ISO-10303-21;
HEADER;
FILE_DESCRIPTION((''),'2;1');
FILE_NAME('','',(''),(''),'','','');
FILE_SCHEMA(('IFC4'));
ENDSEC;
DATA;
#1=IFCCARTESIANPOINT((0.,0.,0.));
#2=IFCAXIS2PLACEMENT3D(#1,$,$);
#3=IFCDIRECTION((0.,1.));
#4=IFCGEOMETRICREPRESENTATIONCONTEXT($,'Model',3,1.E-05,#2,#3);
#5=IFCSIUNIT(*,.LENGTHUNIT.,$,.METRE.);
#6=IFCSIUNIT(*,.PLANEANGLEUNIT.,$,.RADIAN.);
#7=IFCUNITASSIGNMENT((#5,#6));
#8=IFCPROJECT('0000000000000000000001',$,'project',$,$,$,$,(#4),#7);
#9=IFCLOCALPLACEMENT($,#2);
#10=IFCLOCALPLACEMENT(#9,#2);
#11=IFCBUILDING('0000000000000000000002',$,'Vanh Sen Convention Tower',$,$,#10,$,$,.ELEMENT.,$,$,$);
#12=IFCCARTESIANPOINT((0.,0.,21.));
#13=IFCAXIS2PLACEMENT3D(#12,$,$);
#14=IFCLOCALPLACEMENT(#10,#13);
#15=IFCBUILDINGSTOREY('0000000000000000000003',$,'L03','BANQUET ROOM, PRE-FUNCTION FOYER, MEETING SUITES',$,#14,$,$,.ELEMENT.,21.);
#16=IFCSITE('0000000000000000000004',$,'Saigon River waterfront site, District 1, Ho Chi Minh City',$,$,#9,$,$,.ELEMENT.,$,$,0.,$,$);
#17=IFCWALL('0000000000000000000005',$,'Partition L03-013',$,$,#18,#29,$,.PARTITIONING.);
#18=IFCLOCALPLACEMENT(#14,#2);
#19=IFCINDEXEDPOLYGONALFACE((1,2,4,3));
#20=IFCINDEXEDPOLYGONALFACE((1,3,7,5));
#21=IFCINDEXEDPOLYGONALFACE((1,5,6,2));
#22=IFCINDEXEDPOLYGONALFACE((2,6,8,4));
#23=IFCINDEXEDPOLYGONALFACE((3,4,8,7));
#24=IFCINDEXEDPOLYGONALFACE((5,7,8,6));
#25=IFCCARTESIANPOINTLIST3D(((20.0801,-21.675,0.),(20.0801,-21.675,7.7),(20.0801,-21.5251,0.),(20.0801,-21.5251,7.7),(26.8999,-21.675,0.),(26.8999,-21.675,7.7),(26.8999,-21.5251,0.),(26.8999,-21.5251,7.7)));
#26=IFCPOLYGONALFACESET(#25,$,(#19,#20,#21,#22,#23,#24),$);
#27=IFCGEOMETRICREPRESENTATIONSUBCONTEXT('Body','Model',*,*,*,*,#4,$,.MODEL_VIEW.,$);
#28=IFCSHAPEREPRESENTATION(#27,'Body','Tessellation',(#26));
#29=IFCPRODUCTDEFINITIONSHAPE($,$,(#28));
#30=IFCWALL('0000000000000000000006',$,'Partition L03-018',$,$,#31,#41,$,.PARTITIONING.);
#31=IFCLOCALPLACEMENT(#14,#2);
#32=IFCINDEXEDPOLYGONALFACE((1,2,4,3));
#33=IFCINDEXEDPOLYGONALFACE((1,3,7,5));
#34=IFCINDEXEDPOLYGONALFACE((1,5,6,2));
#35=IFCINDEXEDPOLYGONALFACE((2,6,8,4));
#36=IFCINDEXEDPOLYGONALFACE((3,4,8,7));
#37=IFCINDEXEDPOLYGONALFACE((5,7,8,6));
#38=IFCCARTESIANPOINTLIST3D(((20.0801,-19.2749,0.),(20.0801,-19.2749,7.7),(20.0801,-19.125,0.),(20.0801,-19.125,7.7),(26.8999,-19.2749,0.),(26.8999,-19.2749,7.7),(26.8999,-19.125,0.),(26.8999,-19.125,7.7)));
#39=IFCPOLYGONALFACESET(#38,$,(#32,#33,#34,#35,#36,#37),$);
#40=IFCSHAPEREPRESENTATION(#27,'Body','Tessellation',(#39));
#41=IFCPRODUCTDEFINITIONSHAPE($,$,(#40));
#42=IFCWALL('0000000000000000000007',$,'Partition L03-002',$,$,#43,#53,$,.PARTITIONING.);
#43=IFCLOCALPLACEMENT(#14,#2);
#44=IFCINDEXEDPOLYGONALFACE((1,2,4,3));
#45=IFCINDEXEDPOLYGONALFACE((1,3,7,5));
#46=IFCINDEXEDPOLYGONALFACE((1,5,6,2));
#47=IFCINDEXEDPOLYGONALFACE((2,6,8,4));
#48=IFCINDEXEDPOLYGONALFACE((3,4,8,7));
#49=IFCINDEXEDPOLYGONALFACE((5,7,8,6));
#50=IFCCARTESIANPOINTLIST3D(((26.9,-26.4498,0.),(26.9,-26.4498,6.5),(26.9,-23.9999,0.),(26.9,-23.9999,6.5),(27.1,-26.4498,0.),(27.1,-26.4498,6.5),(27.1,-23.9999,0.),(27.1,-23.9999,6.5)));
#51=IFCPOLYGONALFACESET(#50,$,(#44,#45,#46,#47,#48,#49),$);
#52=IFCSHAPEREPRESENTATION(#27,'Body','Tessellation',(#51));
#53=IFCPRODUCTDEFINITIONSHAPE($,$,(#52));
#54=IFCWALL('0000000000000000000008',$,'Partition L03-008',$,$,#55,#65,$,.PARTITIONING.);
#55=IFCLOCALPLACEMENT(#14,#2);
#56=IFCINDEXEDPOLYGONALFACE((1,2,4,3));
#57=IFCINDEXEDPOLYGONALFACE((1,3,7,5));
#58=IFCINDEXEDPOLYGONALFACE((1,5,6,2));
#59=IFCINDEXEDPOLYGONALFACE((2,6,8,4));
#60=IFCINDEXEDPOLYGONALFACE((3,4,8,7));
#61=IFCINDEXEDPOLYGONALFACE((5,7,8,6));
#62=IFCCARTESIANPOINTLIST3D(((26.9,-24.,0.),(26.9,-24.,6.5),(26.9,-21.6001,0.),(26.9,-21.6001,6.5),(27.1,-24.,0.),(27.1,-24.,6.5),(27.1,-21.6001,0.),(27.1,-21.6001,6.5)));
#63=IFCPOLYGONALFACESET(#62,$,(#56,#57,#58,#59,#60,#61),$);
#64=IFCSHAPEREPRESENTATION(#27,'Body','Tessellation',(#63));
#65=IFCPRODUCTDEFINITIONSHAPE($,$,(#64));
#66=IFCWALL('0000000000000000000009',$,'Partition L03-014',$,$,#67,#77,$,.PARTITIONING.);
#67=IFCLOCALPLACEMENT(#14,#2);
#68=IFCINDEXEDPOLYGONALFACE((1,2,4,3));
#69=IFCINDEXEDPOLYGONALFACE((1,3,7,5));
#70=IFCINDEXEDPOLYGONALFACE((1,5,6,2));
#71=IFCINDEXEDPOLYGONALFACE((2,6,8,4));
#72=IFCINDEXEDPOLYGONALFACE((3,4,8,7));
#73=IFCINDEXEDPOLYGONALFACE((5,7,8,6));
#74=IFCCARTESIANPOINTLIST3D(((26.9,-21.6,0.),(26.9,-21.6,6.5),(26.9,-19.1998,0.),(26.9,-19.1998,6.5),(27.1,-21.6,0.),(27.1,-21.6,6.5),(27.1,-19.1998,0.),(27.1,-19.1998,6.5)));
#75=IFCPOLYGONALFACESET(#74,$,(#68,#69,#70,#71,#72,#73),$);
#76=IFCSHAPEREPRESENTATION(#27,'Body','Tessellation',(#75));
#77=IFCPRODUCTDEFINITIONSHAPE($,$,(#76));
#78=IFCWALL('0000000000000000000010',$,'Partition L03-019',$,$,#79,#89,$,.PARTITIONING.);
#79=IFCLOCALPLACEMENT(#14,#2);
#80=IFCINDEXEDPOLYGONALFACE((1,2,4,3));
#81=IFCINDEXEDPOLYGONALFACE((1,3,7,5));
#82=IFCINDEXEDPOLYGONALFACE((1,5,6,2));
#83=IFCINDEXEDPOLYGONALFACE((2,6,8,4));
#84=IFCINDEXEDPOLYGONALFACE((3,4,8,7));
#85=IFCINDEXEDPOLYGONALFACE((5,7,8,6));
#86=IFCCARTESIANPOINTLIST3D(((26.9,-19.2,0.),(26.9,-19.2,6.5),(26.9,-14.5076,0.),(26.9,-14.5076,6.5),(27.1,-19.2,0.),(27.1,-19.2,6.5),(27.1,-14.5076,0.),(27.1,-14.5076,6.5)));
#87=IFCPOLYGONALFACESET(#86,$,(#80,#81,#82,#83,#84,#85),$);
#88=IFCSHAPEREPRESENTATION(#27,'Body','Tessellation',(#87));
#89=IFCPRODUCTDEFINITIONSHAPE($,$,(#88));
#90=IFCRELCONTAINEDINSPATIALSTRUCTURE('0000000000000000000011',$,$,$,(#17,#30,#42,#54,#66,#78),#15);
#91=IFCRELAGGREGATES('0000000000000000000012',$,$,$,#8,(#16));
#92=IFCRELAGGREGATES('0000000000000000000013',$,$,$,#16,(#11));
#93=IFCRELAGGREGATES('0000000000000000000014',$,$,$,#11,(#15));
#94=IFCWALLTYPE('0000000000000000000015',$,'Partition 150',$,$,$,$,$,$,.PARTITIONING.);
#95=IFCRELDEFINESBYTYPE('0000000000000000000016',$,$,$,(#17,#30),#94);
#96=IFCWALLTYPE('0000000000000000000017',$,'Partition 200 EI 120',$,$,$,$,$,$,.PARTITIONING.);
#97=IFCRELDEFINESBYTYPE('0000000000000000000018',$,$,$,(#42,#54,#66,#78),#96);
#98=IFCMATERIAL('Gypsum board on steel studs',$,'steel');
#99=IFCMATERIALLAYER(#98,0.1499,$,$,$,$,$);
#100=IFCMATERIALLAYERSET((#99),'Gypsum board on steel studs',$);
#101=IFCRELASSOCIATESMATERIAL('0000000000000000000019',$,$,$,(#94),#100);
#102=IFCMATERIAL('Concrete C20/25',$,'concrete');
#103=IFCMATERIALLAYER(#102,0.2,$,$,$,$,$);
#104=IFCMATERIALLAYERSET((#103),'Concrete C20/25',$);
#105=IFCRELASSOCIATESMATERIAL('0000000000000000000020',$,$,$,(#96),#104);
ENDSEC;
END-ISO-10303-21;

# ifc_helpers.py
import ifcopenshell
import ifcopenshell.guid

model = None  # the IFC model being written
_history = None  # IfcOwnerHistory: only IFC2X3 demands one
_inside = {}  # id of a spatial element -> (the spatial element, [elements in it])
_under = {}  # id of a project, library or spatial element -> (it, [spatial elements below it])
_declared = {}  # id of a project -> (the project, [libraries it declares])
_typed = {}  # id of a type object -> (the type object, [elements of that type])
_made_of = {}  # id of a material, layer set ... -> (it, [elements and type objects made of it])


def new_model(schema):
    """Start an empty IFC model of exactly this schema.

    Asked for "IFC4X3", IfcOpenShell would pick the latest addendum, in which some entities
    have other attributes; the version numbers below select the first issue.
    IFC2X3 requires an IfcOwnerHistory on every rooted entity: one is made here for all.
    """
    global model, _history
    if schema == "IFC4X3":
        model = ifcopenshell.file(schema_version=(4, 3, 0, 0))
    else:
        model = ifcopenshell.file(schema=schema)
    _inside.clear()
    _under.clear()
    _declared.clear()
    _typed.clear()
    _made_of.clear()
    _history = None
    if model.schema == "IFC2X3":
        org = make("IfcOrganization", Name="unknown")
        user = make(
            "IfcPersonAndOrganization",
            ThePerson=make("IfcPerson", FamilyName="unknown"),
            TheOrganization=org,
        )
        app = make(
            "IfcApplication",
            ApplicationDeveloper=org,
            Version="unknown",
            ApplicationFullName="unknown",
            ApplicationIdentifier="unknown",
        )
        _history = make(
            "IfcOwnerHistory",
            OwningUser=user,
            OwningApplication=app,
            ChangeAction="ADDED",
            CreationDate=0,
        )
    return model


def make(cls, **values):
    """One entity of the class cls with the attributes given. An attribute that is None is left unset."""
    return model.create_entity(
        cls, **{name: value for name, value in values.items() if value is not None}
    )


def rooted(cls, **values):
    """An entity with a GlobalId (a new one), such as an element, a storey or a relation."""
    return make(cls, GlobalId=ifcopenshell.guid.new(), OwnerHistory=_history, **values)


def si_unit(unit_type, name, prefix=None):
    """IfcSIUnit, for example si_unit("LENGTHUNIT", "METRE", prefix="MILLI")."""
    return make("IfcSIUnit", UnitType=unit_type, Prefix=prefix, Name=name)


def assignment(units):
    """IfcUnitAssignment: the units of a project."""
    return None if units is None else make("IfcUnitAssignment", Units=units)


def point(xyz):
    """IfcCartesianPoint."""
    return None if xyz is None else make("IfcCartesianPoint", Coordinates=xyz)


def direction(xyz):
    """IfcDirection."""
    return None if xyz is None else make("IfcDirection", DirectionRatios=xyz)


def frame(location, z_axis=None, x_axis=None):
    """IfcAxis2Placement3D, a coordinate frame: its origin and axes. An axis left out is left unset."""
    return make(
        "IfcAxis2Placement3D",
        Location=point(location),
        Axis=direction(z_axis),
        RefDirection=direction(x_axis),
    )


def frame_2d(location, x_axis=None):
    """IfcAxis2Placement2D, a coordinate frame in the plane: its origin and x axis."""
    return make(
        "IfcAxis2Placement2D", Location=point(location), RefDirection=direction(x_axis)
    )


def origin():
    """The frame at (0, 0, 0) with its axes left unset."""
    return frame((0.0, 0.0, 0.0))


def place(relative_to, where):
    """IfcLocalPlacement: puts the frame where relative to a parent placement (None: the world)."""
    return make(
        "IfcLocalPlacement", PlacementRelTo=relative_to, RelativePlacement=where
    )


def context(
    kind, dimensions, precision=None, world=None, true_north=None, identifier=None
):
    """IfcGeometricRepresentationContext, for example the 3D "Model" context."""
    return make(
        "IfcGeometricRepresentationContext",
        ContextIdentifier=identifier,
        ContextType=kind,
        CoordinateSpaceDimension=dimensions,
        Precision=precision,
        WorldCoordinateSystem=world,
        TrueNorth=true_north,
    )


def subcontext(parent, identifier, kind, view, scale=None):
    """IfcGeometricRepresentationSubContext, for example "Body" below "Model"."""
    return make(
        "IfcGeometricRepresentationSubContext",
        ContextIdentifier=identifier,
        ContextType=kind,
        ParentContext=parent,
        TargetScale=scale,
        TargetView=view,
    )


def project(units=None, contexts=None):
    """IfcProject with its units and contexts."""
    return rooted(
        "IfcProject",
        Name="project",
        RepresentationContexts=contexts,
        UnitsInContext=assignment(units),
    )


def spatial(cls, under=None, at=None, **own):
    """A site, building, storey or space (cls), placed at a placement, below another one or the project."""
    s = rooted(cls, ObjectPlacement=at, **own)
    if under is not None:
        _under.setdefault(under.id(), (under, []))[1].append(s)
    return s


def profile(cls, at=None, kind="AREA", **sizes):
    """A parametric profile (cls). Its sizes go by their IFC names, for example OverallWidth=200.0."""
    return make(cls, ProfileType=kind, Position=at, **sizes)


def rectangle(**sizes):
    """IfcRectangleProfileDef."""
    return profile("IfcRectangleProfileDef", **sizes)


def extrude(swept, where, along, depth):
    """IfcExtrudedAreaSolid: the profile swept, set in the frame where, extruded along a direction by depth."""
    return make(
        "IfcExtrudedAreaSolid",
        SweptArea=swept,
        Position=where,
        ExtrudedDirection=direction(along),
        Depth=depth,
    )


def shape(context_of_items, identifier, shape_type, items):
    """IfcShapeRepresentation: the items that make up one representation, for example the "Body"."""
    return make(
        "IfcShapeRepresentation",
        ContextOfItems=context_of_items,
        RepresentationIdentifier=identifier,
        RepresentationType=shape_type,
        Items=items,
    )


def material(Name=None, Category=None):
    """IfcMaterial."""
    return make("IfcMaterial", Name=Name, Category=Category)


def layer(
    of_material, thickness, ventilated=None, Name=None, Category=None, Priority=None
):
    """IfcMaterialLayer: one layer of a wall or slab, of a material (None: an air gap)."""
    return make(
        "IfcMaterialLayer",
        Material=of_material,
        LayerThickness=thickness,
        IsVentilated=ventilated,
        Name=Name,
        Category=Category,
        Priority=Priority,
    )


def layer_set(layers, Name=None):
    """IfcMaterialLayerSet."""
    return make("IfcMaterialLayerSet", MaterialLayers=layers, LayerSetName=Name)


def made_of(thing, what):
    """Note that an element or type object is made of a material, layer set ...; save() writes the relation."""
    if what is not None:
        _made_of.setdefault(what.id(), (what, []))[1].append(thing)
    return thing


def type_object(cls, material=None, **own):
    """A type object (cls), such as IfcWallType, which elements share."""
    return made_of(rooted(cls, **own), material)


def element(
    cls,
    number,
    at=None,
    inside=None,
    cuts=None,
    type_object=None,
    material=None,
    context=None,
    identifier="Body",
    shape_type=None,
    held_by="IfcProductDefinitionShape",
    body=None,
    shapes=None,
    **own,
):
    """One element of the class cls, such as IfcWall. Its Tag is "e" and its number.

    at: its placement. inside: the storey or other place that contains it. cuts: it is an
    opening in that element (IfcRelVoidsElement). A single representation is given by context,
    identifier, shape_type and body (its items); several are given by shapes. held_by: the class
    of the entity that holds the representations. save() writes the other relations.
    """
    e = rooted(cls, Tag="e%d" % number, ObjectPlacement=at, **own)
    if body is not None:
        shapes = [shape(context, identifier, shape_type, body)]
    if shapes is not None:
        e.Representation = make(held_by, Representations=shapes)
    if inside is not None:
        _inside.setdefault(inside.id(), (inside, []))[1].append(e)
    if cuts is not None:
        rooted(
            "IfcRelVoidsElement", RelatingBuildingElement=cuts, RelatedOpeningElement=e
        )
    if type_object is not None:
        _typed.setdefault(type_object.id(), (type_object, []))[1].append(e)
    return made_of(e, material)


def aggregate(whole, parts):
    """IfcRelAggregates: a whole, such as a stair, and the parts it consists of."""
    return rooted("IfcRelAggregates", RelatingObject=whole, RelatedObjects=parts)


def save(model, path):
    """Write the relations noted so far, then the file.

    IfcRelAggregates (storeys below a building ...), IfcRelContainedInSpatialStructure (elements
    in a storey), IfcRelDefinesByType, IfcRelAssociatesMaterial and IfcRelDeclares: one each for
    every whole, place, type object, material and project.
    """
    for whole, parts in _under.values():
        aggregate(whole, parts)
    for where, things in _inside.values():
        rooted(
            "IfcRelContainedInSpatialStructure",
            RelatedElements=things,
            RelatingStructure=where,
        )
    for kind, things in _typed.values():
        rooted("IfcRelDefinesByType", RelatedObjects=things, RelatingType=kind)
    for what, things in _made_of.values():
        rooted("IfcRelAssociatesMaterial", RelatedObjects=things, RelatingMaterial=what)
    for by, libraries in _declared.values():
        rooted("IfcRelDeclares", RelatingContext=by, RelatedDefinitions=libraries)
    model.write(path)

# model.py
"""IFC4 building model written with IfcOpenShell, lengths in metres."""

from ifc_helpers import new_model, si_unit, direction, frame, frame_2d, origin, place, context, subcontext, project, spatial, rectangle, extrude, material, layer, layer_set, type_object, element, save


model = new_model("IFC4")

# Units and contexts
model_context = context("Model", 3, precision=1e-05, world=origin(), true_north=direction((0.0, 1.0)))
body_context = subcontext(model_context, "Body", "Model", "MODEL_VIEW")
ifc_project = project(units=[si_unit("LENGTHUNIT", "METRE"), si_unit("PLANEANGLEUNIT", "RADIAN")], contexts=[model_context])

# Site, building, storey
site_placement = place(None, origin())
site = spatial("IfcSite", under=ifc_project, at=site_placement, Name="Saigon River waterfront site, District 1, Ho Chi Minh City", CompositionType="ELEMENT", RefElevation=0.0)
building_placement = place(site_placement, origin())
building = spatial("IfcBuilding", under=site, at=building_placement, Name="Vanh Sen Convention Tower", CompositionType="ELEMENT")
storey_placement = place(building_placement, frame((0.0, 0.0, 21.0)))
storey = spatial("IfcBuildingStorey", under=building, at=storey_placement, Name="L03", Description="BANQUET ROOM, PRE-FUNCTION FOYER, MEETING SUITES", CompositionType="ELEMENT", Elevation=21.0)

# Shared definitions
ifc_material_1 = material(Name="Gypsum board on steel studs", Category="steel")
ifc_layer_1 = layer(ifc_material_1, 0.1499)
ifc_layer_set_1 = layer_set([ifc_layer_1], Name="Gypsum board on steel studs")
wall_type_1 = type_object("IfcWallType", Name="Partition 150", PredefinedType="PARTITIONING", material=ifc_layer_set_1)

# Walls
for number, where, z_axis, x_axis, name in (
    (1, (20.0801, -21.6001, 0.0), (0.0, 0.0, 1.0), (1.0, 0.0, 0.0), "Partition L03-013"),
    (2, (20.0801, -19.2, 0.0), (0.0, 0.0, 1.0), (1.0, 0.0, 0.0), "Partition L03-018"),
):
    element("IfcWall", number, at=place(storey_placement, frame(where, z_axis=z_axis, x_axis=x_axis)), inside=storey, type_object=wall_type_1, Name=name, PredefinedType="PARTITIONING", context=body_context, shape_type="SweptSolid", body=[
        extrude(rectangle(XDim=6.8198, YDim=0.1499, at=frame_2d((3.4099, 0.0))), origin(), (0.0, 0.0, 1.0), 7.7),
    ])
ifc_material_2 = material(Name="Concrete C20/25", Category="concrete")
ifc_layer_2 = layer(ifc_material_2, 0.2)
ifc_layer_set_2 = layer_set([ifc_layer_2], Name="Concrete C20/25")
wall_type_2 = type_object("IfcWallType", Name="Partition 200 EI 120", PredefinedType="PARTITIONING", material=ifc_layer_set_2)
wall_1_placement = place(storey_placement, frame((27.0, -26.45, 0.0), z_axis=(0.0, 0.0, 1.0), x_axis=(0.0, 1.0, 0.0)))
element("IfcWall", 3, at=wall_1_placement, inside=storey, type_object=wall_type_2, Name="Partition L03-002", PredefinedType="PARTITIONING", context=body_context, shape_type="SweptSolid", body=[
    extrude(rectangle(XDim=2.45, YDim=0.2, at=frame_2d((1.2251, 0.0))), origin(), (0.0, 0.0, 1.0), 6.5),
])
wall_2_placement = place(storey_placement, frame((27.0, -24.0, 0.0), z_axis=(0.0, 0.0, 1.0), x_axis=(0.0, 1.0, 0.0)))
element("IfcWall", 4, at=wall_2_placement, inside=storey, type_object=wall_type_2, Name="Partition L03-008", PredefinedType="PARTITIONING", context=body_context, shape_type="SweptSolid", body=[
    extrude(rectangle(XDim=2.3999, YDim=0.2, at=frame_2d((1.2, 0.0))), origin(), (0.0, 0.0, 1.0), 6.5),
])
wall_3_placement = place(storey_placement, frame((27.0, -21.6001, 0.0), z_axis=(0.0, 0.0, 1.0), x_axis=(0.0, 1.0, 0.0)))
element("IfcWall", 5, at=wall_3_placement, inside=storey, type_object=wall_type_2, Name="Partition L03-014", PredefinedType="PARTITIONING", context=body_context, shape_type="SweptSolid", body=[
    extrude(rectangle(XDim=2.4001, YDim=0.2, at=frame_2d((1.2002, 0.0))), origin(), (0.0, 0.0, 1.0), 6.5),
])
wall_4_placement = place(storey_placement, frame((27.0, -19.2, 0.0), z_axis=(0.0, 0.0, 1.0), x_axis=(0.0, 1.0, 0.0)))
element("IfcWall", 6, at=wall_4_placement, inside=storey, type_object=wall_type_2, Name="Partition L03-019", PredefinedType="PARTITIONING", context=body_context, shape_type="SweptSolid", body=[
    extrude(rectangle(XDim=4.6924, YDim=0.2, at=frame_2d((2.3462, 0.0))), origin(), (0.0, 0.0, 1.0), 6.5),
])

save(model, "model.ifc")
